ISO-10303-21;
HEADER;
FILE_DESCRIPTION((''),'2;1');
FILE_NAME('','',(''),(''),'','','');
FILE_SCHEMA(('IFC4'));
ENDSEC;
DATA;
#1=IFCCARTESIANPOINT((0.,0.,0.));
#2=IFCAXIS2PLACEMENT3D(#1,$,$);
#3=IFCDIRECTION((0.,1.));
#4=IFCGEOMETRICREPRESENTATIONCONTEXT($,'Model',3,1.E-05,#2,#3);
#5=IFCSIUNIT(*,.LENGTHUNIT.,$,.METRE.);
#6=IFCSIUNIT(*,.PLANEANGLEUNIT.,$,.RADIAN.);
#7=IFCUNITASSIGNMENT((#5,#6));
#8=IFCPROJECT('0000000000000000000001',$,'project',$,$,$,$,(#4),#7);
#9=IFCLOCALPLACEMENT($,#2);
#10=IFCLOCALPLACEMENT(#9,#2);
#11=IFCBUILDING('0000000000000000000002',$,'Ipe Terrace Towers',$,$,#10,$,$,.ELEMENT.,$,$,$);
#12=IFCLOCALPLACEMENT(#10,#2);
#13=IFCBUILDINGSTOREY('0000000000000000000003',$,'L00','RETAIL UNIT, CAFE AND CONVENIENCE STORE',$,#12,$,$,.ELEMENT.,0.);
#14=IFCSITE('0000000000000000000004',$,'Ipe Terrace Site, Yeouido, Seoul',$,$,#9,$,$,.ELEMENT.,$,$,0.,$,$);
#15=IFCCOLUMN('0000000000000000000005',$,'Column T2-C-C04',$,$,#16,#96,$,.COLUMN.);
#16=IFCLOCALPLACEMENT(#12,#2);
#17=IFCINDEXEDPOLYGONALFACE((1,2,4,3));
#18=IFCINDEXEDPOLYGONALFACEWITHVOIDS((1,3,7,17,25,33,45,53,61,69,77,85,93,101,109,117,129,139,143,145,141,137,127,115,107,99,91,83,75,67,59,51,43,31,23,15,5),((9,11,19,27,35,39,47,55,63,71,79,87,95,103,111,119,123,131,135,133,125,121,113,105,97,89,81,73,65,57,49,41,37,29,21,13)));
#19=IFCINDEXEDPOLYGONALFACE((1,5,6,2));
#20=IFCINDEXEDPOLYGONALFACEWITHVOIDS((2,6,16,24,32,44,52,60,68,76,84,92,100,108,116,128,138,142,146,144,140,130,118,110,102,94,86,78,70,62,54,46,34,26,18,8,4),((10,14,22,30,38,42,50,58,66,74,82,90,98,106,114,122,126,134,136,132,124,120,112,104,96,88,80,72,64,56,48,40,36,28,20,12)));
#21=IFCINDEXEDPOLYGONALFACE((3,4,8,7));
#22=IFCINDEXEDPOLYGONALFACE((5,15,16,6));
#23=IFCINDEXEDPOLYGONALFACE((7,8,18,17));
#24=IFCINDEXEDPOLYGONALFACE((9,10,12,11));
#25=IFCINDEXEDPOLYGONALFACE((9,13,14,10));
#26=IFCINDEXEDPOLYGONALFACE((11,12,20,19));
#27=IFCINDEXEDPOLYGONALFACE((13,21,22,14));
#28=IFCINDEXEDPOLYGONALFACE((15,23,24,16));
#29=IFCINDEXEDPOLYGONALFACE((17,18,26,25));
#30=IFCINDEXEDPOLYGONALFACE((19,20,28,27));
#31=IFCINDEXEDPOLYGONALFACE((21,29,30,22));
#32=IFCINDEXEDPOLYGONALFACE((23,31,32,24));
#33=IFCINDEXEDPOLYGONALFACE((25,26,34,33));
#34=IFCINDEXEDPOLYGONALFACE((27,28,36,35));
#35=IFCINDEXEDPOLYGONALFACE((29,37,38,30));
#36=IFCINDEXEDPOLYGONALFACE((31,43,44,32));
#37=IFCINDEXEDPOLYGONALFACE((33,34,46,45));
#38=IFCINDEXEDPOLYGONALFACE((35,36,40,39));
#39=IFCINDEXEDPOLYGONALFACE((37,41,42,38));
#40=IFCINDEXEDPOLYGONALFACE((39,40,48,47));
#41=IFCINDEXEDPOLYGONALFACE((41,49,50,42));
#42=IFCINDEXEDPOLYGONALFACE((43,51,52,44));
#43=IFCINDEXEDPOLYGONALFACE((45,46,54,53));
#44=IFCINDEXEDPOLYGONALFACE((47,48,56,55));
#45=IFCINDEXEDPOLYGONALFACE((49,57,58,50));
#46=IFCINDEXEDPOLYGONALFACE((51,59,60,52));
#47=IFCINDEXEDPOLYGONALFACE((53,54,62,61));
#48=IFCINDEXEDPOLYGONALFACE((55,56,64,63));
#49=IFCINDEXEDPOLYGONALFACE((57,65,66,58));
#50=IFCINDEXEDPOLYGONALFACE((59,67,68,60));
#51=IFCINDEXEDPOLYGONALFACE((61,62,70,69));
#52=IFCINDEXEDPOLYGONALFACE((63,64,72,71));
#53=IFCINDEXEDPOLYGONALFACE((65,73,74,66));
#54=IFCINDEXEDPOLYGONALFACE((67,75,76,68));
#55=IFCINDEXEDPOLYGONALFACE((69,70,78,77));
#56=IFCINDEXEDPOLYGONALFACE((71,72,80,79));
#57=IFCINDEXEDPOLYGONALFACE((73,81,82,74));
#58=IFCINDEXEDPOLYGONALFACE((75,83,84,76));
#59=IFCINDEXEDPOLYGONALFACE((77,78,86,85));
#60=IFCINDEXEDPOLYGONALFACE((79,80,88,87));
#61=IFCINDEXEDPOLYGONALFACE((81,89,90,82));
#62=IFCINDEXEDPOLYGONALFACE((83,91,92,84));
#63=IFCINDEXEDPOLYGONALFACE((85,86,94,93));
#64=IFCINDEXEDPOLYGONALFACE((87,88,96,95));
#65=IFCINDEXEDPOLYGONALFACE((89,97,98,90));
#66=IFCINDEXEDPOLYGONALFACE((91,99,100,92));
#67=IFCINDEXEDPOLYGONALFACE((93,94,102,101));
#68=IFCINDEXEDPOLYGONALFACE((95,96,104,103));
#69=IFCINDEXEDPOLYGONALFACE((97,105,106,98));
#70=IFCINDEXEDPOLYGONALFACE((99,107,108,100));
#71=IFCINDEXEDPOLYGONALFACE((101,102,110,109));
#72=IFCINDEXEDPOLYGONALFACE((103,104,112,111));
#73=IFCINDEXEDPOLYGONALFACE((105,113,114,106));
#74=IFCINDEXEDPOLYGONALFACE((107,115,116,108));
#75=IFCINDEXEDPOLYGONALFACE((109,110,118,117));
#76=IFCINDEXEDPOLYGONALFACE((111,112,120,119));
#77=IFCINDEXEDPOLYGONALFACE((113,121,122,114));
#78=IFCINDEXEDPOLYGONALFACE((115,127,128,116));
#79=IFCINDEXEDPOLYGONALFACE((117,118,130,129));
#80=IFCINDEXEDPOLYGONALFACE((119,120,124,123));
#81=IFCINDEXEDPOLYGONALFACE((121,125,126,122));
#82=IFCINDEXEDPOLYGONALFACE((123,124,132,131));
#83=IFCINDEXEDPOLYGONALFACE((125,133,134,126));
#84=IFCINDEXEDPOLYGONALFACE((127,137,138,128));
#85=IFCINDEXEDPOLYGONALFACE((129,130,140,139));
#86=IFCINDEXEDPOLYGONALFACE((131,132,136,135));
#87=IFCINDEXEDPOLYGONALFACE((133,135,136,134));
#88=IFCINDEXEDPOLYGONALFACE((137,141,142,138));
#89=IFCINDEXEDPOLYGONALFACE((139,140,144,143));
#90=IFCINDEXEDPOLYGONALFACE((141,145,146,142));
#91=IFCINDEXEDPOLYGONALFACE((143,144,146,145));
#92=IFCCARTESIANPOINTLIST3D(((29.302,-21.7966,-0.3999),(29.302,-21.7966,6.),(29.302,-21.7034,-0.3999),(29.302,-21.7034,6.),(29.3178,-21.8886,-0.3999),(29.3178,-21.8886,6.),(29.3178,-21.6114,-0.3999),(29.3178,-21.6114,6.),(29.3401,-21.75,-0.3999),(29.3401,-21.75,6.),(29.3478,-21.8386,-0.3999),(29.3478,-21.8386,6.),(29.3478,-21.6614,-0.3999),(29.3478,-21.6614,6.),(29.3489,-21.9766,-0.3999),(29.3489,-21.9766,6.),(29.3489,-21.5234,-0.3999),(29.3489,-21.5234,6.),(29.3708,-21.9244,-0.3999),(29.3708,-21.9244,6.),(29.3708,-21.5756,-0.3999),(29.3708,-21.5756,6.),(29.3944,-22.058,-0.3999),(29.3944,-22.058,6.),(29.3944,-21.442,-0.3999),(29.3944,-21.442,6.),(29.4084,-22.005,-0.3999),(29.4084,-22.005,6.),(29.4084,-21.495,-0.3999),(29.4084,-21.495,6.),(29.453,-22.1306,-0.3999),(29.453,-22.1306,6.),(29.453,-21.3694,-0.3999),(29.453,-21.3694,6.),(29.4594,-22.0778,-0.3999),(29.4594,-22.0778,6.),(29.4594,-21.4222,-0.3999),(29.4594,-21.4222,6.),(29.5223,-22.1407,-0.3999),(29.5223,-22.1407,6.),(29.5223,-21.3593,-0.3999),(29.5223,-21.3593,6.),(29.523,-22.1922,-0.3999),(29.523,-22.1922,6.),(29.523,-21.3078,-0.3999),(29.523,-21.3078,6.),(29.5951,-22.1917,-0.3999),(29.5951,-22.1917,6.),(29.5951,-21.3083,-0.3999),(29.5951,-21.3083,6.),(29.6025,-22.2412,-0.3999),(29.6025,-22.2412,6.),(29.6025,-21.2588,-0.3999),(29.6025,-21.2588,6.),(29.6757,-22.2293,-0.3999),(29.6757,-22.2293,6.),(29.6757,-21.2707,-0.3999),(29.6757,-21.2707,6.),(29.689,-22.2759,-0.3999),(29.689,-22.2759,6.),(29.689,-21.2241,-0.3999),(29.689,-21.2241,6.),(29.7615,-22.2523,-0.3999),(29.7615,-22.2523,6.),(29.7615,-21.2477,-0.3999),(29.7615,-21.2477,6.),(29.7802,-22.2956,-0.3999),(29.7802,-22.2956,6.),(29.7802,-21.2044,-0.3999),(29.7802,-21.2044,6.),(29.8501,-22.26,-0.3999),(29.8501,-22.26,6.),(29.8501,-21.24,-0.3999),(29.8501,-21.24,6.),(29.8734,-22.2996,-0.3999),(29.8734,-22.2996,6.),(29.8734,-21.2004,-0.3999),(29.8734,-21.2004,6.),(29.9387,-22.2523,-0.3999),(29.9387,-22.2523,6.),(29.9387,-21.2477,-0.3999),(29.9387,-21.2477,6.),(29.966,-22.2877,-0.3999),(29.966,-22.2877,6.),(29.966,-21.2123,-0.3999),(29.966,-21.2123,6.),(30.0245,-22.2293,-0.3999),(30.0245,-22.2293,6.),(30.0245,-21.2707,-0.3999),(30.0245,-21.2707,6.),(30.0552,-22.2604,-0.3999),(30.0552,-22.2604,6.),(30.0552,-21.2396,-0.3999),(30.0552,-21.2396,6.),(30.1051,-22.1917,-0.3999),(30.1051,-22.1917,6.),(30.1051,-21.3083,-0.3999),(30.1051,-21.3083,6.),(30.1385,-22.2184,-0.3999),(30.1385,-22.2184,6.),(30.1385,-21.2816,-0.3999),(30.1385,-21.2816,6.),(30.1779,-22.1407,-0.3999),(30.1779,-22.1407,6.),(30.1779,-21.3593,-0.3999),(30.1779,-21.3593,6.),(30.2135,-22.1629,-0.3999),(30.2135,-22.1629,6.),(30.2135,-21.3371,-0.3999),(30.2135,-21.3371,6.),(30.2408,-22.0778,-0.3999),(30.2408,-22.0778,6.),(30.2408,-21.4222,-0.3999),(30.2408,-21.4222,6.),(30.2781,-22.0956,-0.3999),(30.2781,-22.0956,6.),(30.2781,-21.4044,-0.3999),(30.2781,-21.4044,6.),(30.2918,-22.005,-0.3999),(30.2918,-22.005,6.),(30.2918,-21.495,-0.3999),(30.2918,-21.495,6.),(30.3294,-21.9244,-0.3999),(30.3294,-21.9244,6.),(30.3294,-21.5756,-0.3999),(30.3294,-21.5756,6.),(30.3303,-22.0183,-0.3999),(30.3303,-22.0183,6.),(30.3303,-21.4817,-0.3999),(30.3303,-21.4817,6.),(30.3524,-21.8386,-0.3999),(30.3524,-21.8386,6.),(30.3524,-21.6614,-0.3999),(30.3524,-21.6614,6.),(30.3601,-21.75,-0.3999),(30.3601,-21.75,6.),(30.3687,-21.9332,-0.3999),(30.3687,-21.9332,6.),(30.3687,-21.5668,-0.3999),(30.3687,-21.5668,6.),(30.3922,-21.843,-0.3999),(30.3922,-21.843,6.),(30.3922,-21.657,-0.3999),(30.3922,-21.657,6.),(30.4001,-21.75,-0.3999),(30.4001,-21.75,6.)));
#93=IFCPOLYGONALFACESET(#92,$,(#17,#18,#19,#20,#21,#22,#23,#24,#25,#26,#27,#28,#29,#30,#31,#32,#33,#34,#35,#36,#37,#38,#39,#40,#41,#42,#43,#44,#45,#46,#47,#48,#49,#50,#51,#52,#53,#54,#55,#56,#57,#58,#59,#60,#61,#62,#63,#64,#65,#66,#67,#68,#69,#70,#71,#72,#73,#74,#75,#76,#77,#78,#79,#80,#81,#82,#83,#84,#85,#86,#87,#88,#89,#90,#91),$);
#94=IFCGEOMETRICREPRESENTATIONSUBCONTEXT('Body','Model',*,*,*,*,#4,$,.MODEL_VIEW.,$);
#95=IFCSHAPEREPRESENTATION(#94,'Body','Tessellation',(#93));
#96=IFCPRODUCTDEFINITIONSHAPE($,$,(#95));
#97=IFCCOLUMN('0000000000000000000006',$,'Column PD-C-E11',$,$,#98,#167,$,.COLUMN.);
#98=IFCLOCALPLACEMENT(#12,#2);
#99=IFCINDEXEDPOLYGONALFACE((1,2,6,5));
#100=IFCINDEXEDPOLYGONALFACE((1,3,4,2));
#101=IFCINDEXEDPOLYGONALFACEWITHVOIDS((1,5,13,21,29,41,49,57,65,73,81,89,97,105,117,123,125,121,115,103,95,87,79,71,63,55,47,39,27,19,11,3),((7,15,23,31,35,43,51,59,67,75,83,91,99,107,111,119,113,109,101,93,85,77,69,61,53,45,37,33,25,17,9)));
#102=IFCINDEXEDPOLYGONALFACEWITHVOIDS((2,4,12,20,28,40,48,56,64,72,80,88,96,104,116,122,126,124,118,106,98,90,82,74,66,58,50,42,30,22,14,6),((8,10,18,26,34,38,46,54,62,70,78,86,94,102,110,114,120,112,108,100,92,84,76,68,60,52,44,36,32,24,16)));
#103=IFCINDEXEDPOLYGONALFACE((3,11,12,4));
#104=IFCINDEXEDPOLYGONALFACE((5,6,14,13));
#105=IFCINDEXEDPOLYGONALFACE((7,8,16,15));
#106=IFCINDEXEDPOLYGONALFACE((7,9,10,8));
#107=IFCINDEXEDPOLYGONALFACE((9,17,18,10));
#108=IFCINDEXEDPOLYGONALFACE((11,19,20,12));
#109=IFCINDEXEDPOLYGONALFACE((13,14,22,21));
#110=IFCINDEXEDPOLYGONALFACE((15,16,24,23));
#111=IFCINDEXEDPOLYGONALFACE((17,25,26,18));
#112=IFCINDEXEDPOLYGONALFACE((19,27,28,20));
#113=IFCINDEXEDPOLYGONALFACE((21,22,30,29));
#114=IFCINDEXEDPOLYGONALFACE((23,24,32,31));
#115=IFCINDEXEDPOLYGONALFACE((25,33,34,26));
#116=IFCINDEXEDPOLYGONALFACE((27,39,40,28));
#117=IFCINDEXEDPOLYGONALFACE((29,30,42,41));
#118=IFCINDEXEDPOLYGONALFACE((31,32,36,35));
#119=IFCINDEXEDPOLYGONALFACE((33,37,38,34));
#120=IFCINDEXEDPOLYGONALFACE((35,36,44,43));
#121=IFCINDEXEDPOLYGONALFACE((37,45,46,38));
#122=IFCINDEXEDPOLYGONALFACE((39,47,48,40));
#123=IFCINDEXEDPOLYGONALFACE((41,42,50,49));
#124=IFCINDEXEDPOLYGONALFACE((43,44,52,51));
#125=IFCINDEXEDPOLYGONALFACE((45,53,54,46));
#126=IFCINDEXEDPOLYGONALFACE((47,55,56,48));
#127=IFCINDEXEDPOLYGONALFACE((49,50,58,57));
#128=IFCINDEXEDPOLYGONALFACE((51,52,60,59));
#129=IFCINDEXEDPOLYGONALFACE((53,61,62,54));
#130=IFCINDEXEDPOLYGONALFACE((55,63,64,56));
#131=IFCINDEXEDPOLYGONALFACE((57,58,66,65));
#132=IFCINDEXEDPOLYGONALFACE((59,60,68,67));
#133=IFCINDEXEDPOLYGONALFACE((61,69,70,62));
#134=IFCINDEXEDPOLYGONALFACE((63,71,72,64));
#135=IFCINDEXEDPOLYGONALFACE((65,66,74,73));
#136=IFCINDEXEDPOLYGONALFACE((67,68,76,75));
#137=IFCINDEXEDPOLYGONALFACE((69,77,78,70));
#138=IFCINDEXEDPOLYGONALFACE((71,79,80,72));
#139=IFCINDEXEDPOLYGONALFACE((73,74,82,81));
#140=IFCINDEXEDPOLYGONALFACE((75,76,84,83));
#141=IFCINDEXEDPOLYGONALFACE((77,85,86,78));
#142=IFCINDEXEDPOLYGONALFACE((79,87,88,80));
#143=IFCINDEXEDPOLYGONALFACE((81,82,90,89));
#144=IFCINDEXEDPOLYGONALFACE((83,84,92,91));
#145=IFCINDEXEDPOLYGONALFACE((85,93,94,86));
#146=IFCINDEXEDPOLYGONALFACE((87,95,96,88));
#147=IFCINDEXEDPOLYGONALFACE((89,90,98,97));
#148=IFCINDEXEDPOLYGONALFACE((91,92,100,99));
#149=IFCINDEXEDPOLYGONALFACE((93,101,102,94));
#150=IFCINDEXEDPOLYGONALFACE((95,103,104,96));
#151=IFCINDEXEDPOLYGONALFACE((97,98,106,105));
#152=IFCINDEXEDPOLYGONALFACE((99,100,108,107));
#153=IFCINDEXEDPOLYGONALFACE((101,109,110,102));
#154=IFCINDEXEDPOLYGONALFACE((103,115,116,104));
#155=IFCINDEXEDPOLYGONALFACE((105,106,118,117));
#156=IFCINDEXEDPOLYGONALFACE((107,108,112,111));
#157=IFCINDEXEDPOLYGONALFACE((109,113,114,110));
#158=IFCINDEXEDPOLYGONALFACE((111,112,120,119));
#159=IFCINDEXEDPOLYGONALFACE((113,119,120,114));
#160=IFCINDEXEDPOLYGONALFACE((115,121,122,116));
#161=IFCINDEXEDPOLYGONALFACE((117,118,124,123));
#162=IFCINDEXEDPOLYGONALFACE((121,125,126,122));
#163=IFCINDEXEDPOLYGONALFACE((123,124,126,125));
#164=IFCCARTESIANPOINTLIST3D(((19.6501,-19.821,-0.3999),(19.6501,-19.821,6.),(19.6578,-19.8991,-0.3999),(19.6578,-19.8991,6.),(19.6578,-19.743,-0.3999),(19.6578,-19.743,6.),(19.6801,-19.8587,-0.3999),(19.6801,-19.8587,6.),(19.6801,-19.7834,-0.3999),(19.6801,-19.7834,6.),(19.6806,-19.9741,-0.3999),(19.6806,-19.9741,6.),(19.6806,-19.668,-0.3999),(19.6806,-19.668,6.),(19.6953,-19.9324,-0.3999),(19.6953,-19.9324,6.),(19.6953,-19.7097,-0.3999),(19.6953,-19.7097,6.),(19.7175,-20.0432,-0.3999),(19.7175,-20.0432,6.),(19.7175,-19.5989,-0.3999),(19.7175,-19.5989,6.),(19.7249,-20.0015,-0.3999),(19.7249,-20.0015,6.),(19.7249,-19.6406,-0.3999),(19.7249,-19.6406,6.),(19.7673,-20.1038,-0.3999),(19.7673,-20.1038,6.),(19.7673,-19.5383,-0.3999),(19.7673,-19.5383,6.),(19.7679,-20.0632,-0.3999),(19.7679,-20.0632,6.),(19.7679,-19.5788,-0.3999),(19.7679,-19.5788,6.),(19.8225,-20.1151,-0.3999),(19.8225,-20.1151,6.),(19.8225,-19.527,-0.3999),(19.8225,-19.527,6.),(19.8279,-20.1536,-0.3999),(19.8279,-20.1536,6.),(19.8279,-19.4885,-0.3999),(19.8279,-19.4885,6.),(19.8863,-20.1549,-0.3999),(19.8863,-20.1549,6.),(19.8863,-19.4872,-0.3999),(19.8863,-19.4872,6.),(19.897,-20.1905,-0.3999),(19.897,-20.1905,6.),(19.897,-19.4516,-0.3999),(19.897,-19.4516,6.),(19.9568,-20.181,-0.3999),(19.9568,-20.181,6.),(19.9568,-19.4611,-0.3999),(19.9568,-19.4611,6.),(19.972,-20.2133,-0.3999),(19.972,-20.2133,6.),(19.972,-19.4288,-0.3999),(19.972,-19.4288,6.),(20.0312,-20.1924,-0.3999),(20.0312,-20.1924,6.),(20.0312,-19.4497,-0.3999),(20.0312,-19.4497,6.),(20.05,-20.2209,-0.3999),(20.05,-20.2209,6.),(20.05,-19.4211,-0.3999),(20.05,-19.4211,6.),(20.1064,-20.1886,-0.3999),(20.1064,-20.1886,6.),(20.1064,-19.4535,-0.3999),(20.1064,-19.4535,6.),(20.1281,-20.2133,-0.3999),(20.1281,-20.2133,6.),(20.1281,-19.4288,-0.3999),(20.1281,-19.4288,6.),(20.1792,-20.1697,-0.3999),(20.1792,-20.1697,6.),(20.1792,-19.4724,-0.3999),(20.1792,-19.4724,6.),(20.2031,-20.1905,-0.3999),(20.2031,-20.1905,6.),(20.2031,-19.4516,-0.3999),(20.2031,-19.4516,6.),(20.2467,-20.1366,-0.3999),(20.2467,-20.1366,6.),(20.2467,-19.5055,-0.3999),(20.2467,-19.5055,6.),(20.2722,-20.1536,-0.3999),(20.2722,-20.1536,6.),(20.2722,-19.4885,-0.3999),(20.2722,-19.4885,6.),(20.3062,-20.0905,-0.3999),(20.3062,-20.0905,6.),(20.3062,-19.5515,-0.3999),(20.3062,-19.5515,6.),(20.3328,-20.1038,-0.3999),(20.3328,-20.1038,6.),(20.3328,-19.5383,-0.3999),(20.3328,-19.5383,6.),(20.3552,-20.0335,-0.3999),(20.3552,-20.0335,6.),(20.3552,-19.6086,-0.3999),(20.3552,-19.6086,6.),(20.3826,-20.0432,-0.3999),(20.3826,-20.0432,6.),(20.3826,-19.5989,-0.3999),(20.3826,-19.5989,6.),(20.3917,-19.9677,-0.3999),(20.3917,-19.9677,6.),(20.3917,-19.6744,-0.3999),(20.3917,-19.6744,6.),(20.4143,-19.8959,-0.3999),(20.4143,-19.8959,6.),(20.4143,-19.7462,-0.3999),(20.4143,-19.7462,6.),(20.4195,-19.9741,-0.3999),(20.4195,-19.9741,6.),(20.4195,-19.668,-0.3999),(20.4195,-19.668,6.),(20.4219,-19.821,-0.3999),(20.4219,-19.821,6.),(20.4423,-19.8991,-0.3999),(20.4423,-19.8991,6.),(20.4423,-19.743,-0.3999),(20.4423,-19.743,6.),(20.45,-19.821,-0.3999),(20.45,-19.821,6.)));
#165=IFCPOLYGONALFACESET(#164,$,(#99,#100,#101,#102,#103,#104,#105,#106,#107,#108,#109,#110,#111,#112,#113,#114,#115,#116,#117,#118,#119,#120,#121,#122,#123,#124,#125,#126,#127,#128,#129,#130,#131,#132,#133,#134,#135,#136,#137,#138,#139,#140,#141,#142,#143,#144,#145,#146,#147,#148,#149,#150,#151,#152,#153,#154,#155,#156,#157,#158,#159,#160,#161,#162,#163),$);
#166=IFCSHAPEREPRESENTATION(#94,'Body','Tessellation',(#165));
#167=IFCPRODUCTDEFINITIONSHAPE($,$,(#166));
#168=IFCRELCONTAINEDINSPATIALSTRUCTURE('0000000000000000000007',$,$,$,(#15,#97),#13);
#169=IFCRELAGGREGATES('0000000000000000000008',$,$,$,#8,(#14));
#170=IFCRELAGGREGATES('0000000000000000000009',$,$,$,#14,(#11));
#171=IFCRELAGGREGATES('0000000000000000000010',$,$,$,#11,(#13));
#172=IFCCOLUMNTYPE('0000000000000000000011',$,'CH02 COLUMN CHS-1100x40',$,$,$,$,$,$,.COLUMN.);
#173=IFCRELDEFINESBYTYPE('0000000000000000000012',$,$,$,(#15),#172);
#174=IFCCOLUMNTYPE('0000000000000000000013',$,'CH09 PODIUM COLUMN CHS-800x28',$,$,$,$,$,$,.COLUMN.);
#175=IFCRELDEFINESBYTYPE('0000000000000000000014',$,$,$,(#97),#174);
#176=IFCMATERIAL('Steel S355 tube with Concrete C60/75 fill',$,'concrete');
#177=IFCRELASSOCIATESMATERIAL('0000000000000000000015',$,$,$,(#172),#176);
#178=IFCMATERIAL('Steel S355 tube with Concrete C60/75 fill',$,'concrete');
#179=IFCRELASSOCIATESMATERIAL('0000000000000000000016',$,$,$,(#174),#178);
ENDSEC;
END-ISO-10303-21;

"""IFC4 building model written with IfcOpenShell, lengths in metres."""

from ifc_helpers import new_model, si_unit, direction, frame, origin, origin_2d, place, context, subcontext, project, spatial, hollow_circle, extrude, material, material_profile, profile_set, type_object, element, save


model = new_model("IFC4")

# Units and contexts
model_context = context("Model", 3, precision=1e-05, world=origin(), true_north=direction((0.0, 1.0)))
body_context = subcontext(model_context, "Body", "Model", "MODEL_VIEW")
ifc_project = project(units=[si_unit("LENGTHUNIT", "METRE"), si_unit("PLANEANGLEUNIT", "RADIAN")], contexts=[model_context])

# Site, building, storey
site_placement = place(None, origin())
site = spatial("IfcSite", under=ifc_project, at=site_placement, Name="Ipe Terrace Site, Yeouido, Seoul", CompositionType="ELEMENT", RefElevation=0.0)
building_placement = place(site_placement, origin())
building = spatial("IfcBuilding", under=site, at=building_placement, Name="Ipe Terrace Towers", CompositionType="ELEMENT")
storey_placement = place(building_placement, origin())
storey = spatial("IfcBuildingStorey", under=building, at=storey_placement, Name="L00", Description="RETAIL UNIT, CAFE AND CONVENIENCE STORE", CompositionType="ELEMENT", Elevation=0.0)

# Columns
ifc_material_1 = material(Name="Steel S355 tube with Concrete C60/75 fill", Category="concrete")
ifc_material_profile_1 = material_profile(ifc_material_1, hollow_circle(Radius=0.55, WallThickness=0.04, at=origin_2d()), Name="CHS-1100x40")
ifc_profile_set_1 = profile_set([ifc_material_profile_1], Name="Steel S355 tube with Concrete C60/75 fill")
column_type_1 = type_object("IfcColumnType", Name="CH02 COLUMN CHS-1100x40", PredefinedType="COLUMN", material=ifc_profile_set_1)
for number, where, z_axis, x_axis, name in (
    (1, (29.8501, -21.75, -0.3999), (0.0, 0.0, 1.0), (1.0, 0.0, 0.0), "Column T2-C-C04"),
):
    element("IfcColumn", number, at=place(storey_placement, frame(where, z_axis=z_axis, x_axis=x_axis)), inside=storey, type_object=column_type_1, Name=name, PredefinedType="COLUMN", context=body_context, shape_type="SweptSolid", body=[
        extrude(hollow_circle(Radius=0.55, WallThickness=0.04, at=origin_2d()), origin(), (0.0, 0.0, 1.0), 6.3999),
    ])
ifc_material_2 = material(Name="Steel S355 tube with Concrete C60/75 fill", Category="concrete")
ifc_material_profile_2 = material_profile(ifc_material_2, hollow_circle(Radius=0.3999, WallThickness=0.0281, at=origin_2d()), Name="CHS-800x28")
ifc_profile_set_2 = profile_set([ifc_material_profile_2], Name="Steel S355 tube with Concrete C60/75 fill")
column_type_2 = type_object("IfcColumnType", Name="CH09 PODIUM COLUMN CHS-800x28", PredefinedType="COLUMN", material=ifc_profile_set_2)
column_placement = place(storey_placement, frame((20.05, -19.821, -0.3999), z_axis=(0.0, 0.0, 1.0), x_axis=(1.0, 0.0, 0.0)))
element("IfcColumn", 2, at=column_placement, inside=storey, type_object=column_type_2, Name="Column PD-C-E11", PredefinedType="COLUMN", context=body_context, shape_type="SweptSolid", body=[
    extrude(hollow_circle(Radius=0.3999, WallThickness=0.0281, at=origin_2d()), origin(), (0.0, 0.0, 1.0), 6.3999),
])

save(model, "model.ifc")
